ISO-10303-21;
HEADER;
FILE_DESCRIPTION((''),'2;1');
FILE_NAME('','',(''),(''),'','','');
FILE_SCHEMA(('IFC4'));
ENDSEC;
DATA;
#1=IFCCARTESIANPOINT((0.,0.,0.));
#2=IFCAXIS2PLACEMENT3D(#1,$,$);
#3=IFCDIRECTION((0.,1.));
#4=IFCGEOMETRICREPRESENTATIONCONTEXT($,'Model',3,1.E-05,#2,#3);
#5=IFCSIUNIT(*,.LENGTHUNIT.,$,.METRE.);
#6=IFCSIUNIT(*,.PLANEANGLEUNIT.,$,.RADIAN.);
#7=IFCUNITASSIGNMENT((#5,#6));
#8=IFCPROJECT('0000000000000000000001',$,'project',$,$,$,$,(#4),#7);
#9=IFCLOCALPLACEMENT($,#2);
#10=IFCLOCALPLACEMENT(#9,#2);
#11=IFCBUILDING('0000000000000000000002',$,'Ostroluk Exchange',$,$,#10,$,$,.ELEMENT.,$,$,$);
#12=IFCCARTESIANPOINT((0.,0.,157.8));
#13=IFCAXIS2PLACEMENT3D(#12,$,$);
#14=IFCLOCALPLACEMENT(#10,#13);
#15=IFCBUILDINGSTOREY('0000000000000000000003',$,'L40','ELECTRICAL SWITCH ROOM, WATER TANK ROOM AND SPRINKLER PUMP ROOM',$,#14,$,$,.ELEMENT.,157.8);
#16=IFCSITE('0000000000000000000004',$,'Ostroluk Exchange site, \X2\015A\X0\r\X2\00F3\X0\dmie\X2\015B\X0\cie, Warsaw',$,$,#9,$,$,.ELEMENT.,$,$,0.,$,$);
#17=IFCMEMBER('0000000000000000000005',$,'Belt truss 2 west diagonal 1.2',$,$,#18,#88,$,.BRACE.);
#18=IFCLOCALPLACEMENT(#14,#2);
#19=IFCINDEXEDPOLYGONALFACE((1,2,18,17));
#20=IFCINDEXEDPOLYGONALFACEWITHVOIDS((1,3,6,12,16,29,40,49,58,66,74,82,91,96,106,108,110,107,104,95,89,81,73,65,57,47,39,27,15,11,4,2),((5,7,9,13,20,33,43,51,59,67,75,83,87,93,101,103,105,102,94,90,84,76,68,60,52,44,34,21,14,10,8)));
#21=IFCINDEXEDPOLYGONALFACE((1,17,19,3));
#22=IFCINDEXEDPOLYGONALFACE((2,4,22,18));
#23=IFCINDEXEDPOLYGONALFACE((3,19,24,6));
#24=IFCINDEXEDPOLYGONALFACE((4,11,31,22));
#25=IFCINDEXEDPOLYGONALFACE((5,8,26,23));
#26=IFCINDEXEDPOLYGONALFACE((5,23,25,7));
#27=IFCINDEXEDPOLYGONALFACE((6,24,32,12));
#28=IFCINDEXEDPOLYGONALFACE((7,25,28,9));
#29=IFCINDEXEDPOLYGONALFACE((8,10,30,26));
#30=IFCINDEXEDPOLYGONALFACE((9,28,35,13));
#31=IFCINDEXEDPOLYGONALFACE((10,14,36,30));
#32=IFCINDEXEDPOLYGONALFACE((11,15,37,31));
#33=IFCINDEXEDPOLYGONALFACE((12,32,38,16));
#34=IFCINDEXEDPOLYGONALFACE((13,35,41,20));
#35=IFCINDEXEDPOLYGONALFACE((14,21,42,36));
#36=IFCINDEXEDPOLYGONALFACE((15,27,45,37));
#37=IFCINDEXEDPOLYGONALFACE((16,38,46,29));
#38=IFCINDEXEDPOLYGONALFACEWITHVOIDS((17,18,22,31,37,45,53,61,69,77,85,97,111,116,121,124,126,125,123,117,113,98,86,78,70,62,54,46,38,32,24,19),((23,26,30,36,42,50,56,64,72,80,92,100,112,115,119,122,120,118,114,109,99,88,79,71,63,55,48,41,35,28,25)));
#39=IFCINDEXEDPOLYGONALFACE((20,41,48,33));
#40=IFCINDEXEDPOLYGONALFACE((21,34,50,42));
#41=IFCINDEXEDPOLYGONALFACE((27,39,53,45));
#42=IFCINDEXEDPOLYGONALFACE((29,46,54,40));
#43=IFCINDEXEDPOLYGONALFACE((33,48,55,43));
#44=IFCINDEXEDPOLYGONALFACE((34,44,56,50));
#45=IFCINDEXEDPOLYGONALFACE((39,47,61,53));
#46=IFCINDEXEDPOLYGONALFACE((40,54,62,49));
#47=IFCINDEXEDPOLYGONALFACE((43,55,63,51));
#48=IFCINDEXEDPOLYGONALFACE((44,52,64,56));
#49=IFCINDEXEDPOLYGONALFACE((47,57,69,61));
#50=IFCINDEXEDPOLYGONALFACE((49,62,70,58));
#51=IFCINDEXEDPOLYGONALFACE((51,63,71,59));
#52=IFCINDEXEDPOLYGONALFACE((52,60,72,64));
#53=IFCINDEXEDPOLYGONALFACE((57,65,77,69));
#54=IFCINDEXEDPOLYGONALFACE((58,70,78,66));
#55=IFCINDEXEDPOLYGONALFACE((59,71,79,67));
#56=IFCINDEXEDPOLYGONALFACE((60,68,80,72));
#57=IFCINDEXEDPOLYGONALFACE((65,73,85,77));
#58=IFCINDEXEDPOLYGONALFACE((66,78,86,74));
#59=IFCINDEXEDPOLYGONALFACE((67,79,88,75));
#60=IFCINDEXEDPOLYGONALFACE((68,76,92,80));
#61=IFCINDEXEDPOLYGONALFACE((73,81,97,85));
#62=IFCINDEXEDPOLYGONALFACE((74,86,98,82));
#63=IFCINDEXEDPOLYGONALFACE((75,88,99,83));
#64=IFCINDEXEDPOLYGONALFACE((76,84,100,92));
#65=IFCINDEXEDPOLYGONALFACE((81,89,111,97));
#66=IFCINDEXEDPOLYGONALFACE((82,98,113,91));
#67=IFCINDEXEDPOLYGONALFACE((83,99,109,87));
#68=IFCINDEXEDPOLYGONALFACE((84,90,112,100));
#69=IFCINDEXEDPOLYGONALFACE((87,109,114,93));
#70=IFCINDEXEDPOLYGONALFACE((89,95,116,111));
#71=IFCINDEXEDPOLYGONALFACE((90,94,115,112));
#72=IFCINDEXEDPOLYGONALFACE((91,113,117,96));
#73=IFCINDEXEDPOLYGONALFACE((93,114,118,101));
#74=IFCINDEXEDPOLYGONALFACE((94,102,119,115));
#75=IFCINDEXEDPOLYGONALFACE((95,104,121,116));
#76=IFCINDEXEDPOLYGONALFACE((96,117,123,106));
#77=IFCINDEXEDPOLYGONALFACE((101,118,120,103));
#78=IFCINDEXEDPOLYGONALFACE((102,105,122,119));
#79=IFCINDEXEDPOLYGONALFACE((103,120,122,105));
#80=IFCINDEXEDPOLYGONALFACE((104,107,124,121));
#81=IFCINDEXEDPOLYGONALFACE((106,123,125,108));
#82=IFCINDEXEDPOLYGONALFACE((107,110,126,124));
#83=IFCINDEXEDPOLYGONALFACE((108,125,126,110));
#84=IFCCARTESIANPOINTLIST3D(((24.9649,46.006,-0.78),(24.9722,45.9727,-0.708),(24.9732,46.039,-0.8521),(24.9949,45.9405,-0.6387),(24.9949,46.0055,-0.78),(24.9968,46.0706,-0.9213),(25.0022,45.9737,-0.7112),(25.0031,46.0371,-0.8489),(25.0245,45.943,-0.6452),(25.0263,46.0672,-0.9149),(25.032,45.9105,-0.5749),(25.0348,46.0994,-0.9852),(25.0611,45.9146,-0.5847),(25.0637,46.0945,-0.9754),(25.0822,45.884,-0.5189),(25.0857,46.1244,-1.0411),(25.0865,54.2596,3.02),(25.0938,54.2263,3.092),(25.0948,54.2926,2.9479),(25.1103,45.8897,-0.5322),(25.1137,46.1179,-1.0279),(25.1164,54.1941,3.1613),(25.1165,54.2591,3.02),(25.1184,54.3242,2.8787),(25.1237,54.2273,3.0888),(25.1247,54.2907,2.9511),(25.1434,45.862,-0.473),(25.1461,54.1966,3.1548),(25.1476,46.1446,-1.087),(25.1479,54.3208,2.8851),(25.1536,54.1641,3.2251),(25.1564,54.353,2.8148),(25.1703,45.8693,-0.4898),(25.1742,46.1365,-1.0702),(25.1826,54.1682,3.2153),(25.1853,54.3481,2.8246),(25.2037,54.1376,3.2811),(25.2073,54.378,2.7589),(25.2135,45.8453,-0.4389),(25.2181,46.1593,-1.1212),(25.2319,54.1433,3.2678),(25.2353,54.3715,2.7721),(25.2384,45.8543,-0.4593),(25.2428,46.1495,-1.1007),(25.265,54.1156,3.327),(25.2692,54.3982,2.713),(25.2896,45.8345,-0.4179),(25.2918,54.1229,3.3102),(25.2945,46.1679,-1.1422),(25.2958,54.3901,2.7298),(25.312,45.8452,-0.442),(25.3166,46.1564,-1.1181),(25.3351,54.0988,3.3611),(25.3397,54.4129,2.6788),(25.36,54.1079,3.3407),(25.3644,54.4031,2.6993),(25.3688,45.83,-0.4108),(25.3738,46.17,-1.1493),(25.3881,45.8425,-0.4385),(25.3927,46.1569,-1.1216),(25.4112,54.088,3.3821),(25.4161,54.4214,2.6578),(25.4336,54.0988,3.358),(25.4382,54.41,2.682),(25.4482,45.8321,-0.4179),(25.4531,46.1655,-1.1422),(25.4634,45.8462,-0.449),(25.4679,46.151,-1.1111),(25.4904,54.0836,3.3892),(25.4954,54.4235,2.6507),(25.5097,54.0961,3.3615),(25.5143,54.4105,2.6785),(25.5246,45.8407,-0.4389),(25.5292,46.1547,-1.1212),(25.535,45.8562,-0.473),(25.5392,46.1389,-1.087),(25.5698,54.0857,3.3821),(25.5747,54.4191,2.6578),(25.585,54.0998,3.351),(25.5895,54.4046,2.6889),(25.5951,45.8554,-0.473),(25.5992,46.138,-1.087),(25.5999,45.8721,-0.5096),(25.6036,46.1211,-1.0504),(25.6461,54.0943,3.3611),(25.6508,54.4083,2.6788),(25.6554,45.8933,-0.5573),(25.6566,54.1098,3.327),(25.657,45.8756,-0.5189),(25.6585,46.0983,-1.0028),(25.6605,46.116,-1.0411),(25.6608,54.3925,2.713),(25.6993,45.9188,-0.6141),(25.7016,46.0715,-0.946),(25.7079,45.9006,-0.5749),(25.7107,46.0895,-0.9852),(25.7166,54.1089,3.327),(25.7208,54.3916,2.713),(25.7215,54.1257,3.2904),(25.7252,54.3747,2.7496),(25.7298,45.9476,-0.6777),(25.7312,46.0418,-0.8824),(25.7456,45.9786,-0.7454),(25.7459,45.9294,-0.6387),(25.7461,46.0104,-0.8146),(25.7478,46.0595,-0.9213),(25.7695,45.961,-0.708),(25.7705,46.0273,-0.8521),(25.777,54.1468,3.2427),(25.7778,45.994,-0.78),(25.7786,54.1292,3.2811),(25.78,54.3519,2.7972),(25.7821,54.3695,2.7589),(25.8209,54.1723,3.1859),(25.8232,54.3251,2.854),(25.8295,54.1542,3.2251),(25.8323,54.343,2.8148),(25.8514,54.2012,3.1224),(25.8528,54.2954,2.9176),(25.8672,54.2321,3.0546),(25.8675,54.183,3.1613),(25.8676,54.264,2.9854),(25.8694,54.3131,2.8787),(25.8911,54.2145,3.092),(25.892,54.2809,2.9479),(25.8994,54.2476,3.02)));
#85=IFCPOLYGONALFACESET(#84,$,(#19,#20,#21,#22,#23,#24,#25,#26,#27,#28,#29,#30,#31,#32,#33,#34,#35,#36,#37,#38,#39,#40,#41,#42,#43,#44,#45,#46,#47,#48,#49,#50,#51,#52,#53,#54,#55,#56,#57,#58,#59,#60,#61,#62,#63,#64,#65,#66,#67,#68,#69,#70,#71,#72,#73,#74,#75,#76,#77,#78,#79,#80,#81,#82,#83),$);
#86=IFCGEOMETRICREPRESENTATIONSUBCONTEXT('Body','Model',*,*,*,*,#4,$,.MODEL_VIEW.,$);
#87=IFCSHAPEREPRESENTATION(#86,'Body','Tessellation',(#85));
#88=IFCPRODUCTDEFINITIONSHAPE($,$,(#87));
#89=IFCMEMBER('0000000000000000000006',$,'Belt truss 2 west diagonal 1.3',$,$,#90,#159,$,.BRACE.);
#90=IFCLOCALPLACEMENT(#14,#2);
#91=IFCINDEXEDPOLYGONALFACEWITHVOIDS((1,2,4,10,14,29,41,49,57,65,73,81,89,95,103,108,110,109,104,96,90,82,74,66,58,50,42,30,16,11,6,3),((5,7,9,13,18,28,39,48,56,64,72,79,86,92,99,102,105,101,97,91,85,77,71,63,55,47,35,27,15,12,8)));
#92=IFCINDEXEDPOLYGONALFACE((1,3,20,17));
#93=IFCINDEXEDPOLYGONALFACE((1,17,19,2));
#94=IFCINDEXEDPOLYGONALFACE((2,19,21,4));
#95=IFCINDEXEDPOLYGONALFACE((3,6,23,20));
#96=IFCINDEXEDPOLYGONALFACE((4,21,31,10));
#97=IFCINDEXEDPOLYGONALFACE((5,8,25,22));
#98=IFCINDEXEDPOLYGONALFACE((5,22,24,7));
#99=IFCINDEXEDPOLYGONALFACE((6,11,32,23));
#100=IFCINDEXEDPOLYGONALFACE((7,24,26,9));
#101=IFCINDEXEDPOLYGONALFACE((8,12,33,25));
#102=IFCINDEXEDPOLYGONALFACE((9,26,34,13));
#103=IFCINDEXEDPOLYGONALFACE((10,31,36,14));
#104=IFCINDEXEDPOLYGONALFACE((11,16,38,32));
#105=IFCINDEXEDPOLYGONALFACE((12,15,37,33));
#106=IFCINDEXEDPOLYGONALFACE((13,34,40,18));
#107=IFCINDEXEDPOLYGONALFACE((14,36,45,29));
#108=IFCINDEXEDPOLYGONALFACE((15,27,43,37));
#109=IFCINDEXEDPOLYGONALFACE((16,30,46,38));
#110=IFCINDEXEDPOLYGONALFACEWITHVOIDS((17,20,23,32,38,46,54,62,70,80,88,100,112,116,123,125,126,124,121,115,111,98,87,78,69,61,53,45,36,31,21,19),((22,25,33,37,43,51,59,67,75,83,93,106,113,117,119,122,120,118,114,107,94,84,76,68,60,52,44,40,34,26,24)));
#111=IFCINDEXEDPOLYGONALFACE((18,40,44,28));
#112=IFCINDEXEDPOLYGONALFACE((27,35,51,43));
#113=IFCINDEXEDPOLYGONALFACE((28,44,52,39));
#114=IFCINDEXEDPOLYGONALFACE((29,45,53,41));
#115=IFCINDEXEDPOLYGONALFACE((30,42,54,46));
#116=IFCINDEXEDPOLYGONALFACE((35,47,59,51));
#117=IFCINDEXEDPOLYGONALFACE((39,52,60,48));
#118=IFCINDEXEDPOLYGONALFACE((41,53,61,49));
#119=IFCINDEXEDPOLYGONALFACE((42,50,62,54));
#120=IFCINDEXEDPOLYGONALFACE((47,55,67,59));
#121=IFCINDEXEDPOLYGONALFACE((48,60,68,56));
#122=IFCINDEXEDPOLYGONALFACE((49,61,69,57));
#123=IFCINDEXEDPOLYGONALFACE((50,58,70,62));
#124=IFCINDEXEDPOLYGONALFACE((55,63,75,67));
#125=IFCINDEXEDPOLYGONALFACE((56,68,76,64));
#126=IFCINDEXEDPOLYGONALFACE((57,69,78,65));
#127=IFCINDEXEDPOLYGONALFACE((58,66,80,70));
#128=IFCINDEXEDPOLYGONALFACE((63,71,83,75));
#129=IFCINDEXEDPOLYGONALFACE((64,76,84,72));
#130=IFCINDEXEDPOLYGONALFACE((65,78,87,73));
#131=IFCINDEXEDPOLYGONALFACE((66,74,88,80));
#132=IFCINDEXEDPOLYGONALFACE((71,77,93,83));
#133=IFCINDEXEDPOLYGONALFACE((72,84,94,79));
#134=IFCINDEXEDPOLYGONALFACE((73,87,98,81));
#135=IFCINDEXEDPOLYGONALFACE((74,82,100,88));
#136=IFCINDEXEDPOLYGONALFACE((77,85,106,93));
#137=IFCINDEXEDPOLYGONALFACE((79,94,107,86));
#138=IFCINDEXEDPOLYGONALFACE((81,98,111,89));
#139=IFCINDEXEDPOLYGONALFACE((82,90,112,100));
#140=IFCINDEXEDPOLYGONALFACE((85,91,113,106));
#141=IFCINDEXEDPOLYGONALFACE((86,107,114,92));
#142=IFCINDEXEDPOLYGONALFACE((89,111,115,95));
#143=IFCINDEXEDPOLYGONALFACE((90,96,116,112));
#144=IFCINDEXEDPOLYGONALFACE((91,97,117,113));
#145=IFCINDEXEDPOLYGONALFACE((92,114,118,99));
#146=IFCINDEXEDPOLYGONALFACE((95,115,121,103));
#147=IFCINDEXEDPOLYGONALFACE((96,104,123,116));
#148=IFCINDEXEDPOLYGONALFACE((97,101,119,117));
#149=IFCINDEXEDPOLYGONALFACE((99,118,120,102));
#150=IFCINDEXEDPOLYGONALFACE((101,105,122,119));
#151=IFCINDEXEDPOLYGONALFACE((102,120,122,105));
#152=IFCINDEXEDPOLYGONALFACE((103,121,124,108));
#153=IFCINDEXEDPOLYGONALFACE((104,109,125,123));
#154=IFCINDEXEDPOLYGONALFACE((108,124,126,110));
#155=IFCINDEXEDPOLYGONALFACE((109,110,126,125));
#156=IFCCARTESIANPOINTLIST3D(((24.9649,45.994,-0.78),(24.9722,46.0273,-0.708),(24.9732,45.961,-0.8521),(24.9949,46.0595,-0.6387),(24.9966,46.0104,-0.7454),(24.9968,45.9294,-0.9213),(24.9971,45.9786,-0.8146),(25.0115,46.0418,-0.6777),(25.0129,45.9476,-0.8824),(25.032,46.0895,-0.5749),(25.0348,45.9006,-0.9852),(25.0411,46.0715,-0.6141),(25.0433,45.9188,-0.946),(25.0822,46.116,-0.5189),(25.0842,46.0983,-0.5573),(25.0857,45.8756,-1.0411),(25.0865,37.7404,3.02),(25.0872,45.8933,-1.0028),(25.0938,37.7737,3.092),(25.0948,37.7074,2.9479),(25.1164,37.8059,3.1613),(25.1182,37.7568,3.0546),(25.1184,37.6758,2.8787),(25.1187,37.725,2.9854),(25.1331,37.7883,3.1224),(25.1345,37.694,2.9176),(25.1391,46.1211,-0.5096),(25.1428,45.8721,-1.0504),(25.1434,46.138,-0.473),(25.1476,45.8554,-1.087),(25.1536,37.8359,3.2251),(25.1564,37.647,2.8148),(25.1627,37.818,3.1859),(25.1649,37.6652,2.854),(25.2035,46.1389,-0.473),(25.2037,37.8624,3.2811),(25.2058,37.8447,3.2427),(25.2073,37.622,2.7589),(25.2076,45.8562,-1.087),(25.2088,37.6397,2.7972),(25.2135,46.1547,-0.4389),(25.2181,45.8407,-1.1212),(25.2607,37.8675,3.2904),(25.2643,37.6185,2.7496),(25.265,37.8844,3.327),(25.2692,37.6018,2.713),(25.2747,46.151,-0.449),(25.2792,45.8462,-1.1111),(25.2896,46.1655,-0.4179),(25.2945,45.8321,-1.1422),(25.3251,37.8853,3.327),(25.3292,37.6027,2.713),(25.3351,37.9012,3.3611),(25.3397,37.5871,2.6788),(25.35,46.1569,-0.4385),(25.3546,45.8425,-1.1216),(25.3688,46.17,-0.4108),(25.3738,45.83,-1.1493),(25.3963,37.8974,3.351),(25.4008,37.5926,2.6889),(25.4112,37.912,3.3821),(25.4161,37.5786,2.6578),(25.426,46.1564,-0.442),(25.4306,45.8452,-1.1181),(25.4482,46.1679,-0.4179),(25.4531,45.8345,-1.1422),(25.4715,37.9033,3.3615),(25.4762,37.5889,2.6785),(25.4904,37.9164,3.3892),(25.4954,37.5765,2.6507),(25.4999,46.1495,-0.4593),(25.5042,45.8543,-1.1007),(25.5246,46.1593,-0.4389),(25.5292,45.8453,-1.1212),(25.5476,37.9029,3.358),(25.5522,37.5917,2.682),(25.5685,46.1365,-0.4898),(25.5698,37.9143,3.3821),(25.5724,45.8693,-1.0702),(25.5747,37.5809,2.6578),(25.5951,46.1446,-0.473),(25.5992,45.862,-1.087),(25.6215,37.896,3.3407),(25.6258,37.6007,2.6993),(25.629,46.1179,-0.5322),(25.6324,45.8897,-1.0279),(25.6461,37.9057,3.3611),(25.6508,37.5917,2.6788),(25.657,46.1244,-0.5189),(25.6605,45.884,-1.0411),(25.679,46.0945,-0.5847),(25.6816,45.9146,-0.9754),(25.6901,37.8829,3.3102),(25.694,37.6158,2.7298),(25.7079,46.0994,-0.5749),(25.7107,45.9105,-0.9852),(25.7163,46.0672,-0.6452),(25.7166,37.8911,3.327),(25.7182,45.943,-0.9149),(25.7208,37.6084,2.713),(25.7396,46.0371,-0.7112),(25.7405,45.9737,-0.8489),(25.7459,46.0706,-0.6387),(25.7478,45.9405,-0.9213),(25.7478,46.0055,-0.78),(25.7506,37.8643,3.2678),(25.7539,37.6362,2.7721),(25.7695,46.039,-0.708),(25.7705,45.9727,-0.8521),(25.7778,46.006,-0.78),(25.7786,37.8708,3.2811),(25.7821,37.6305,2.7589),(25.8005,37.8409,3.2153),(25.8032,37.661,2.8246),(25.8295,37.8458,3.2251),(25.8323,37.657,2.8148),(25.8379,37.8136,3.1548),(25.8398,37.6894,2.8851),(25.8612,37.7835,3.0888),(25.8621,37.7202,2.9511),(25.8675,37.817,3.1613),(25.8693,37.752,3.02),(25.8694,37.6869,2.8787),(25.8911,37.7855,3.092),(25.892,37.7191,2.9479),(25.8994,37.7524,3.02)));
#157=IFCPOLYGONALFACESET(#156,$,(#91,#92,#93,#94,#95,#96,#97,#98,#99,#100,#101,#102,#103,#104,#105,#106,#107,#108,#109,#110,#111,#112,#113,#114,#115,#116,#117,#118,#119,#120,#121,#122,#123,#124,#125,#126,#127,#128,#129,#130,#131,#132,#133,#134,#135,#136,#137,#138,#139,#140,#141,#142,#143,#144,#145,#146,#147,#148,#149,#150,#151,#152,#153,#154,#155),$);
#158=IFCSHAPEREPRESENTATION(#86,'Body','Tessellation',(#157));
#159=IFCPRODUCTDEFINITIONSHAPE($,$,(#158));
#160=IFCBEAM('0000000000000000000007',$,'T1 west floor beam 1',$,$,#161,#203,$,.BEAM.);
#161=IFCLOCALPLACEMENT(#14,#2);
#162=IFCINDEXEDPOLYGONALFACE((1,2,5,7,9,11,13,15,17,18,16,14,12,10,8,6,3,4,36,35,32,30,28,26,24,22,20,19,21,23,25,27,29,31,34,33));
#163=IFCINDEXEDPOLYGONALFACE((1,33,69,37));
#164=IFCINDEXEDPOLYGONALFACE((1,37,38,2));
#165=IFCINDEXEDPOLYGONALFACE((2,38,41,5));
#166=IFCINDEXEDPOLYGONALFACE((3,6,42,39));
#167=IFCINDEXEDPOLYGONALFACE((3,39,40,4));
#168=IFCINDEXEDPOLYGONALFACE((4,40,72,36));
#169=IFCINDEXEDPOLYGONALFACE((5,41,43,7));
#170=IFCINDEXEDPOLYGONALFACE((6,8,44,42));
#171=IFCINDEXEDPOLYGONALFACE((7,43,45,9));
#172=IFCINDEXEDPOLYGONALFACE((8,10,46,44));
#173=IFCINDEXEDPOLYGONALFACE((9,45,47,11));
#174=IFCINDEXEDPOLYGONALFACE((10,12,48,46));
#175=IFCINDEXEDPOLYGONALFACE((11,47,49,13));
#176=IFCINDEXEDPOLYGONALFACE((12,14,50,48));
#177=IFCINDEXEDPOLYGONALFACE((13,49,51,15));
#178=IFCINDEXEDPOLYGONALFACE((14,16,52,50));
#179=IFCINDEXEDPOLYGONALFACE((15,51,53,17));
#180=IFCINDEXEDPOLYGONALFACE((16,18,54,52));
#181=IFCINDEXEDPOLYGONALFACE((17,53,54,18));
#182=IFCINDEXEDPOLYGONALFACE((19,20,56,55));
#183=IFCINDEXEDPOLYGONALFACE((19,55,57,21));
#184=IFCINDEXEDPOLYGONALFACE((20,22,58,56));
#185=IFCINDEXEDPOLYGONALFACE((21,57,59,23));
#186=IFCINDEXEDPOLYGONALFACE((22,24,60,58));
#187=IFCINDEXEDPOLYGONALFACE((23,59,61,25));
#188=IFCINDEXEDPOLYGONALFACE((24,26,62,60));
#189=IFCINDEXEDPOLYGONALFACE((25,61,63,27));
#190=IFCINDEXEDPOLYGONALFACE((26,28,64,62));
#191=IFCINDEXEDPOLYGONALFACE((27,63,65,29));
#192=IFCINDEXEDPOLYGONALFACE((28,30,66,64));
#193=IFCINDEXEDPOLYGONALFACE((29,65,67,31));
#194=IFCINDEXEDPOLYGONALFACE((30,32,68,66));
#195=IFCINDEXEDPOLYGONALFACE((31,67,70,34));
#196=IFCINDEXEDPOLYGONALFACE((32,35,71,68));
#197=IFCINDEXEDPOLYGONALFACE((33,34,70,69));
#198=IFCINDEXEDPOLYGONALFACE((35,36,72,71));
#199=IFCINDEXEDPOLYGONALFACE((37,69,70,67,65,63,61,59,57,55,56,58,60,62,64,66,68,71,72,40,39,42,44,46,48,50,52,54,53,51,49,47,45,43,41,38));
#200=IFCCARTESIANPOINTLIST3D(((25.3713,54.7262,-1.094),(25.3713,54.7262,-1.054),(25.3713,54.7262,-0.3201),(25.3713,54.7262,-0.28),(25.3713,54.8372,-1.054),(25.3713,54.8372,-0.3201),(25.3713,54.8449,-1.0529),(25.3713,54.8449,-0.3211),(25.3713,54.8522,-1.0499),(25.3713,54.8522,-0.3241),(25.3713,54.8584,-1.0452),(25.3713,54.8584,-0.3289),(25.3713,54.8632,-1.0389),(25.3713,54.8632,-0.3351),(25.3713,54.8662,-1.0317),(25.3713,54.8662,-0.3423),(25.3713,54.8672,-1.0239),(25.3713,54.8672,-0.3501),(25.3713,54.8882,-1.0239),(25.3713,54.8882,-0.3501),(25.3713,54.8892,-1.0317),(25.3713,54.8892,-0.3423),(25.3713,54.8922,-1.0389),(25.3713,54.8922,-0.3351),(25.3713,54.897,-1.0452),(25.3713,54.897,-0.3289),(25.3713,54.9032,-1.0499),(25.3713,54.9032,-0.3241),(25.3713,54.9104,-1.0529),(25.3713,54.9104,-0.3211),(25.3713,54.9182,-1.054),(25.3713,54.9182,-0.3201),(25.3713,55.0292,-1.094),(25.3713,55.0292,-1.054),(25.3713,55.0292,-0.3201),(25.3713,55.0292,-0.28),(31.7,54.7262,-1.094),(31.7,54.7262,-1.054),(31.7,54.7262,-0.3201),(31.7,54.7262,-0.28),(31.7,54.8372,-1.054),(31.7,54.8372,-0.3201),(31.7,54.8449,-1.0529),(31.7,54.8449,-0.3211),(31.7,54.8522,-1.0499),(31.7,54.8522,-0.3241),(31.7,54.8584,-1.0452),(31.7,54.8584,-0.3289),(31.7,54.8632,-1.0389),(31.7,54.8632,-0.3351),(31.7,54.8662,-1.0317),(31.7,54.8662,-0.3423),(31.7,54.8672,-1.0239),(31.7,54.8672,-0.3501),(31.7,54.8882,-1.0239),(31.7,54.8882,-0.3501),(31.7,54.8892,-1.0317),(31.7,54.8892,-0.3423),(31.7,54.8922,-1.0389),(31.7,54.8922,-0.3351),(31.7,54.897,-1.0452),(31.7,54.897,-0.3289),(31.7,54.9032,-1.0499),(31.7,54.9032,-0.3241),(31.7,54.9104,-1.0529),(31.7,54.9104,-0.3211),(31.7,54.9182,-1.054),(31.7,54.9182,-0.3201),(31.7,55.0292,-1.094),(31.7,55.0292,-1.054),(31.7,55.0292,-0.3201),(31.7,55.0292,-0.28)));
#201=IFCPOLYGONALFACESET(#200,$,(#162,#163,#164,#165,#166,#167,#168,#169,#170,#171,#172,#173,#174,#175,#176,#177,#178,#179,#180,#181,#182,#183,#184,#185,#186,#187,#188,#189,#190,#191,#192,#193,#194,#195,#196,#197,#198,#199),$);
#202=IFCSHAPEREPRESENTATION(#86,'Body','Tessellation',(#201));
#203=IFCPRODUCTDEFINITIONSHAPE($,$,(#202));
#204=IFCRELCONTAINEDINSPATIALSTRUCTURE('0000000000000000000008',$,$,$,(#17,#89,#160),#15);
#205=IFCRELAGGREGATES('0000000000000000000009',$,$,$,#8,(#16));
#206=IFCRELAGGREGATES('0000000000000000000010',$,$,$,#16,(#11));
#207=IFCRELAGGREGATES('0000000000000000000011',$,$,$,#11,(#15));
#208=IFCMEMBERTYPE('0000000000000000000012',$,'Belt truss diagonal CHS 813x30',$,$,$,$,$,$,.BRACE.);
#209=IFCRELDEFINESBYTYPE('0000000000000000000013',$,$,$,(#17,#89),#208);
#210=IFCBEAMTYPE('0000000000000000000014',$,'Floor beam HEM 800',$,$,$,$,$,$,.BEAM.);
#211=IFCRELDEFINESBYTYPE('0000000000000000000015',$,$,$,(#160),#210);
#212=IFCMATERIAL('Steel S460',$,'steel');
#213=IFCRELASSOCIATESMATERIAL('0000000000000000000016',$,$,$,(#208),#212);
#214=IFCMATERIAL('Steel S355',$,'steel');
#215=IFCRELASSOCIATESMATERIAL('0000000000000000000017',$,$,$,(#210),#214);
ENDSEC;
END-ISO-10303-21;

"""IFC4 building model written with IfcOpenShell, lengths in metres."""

from ifc_helpers import new_model, si_unit, direction, frame, origin, origin_2d, place, context, subcontext, project, spatial, hollow_circle, i_section, extrude, material, material_profile, profile_set, type_object, element, save


model = new_model("IFC4")

# Units and contexts
model_context = context("Model", 3, precision=1e-05, world=origin(), true_north=direction((0.0, 1.0)))
body_context = subcontext(model_context, "Body", "Model", "MODEL_VIEW")
ifc_project = project(units=[si_unit("LENGTHUNIT", "METRE"), si_unit("PLANEANGLEUNIT", "RADIAN")], contexts=[model_context])

# Site, building, storey
site_placement = place(None, origin())
site = spatial("IfcSite", under=ifc_project, at=site_placement, Name="Ostroluk Exchange site, Śródmieście, Warsaw", CompositionType="ELEMENT", RefElevation=0.0)
building_placement = place(site_placement, origin())
building = spatial("IfcBuilding", under=site, at=building_placement, Name="Ostroluk Exchange", CompositionType="ELEMENT")
storey_placement = place(building_placement, frame((0.0, 0.0, 157.8)))
storey = spatial("IfcBuildingStorey", under=building, at=storey_placement, Name="L40", Description="ELECTRICAL SWITCH ROOM, WATER TANK ROOM AND SPRINKLER PUMP ROOM", CompositionType="ELEMENT", Elevation=157.8)

# Members
ifc_material_1 = material(Name="Steel S460", Category="steel")
ifc_material_profile_1 = material_profile(ifc_material_1, hollow_circle(Radius=0.4065, WallThickness=0.03, at=origin_2d()), Name="CHS 813x30")
ifc_profile_set_1 = profile_set([ifc_material_profile_1], Name="Steel S460")
member_type_1 = type_object("IfcMemberType", Name="Belt truss diagonal CHS 813x30", PredefinedType="BRACE", material=ifc_profile_set_1)
for number, where, z_axis, x_axis, name in (
    (1, (25.3713, 46.0, -0.78), (0.013379, 0.908269, 0.418174), (-0.999892, 0.014729, 0.0), "Belt truss 2 west diagonal 1.2"),
    (2, (25.3713, 46.0, -0.78), (0.013379, -0.908269, 0.418174), (0.999892, 0.014729, 0.0), "Belt truss 2 west diagonal 1.3"),
):
    element("IfcMember", number, at=place(storey_placement, frame(where, z_axis=z_axis, x_axis=x_axis)), inside=storey, type_object=member_type_1, Name=name, PredefinedType="BRACE", context=body_context, shape_type="SweptSolid", body=[
        extrude(hollow_circle(Radius=0.4065, WallThickness=0.03, at=origin_2d()), origin(), (0.0, 0.0, 1.0), 9.0872),
    ])

# Beam
ifc_material_2 = material(Name="Steel S355", Category="steel")
ifc_material_profile_2 = material_profile(ifc_material_2, i_section(OverallWidth=0.303, OverallDepth=0.814, WebThickness=0.021, FlangeThickness=0.04, FilletRadius=0.03, at=origin_2d()), Name="HEM 800")
ifc_profile_set_2 = profile_set([ifc_material_profile_2], Name="Steel S355")
beam_type_1 = type_object("IfcBeamType", Name="Floor beam HEM 800", PredefinedType="BEAM", material=ifc_profile_set_2)
for number, where, z_axis, x_axis, name in (
    (3, (31.7, 54.8777, -0.687), (-1.0, 0.0, 0.0), (0.0, -1.0, 0.0), "T1 west floor beam 1"),
):
    element("IfcBeam", number, at=place(storey_placement, frame(where, z_axis=z_axis, x_axis=x_axis)), inside=storey, type_object=beam_type_1, Name=name, PredefinedType="BEAM", context=body_context, shape_type="SweptSolid", body=[
        extrude(i_section(OverallWidth=0.303, OverallDepth=0.814, WebThickness=0.021, FlangeThickness=0.04, FilletRadius=0.03, at=origin_2d()), origin(), (0.0, 0.0, 1.0), 6.3286),
    ])

save(model, "model.ifc")
